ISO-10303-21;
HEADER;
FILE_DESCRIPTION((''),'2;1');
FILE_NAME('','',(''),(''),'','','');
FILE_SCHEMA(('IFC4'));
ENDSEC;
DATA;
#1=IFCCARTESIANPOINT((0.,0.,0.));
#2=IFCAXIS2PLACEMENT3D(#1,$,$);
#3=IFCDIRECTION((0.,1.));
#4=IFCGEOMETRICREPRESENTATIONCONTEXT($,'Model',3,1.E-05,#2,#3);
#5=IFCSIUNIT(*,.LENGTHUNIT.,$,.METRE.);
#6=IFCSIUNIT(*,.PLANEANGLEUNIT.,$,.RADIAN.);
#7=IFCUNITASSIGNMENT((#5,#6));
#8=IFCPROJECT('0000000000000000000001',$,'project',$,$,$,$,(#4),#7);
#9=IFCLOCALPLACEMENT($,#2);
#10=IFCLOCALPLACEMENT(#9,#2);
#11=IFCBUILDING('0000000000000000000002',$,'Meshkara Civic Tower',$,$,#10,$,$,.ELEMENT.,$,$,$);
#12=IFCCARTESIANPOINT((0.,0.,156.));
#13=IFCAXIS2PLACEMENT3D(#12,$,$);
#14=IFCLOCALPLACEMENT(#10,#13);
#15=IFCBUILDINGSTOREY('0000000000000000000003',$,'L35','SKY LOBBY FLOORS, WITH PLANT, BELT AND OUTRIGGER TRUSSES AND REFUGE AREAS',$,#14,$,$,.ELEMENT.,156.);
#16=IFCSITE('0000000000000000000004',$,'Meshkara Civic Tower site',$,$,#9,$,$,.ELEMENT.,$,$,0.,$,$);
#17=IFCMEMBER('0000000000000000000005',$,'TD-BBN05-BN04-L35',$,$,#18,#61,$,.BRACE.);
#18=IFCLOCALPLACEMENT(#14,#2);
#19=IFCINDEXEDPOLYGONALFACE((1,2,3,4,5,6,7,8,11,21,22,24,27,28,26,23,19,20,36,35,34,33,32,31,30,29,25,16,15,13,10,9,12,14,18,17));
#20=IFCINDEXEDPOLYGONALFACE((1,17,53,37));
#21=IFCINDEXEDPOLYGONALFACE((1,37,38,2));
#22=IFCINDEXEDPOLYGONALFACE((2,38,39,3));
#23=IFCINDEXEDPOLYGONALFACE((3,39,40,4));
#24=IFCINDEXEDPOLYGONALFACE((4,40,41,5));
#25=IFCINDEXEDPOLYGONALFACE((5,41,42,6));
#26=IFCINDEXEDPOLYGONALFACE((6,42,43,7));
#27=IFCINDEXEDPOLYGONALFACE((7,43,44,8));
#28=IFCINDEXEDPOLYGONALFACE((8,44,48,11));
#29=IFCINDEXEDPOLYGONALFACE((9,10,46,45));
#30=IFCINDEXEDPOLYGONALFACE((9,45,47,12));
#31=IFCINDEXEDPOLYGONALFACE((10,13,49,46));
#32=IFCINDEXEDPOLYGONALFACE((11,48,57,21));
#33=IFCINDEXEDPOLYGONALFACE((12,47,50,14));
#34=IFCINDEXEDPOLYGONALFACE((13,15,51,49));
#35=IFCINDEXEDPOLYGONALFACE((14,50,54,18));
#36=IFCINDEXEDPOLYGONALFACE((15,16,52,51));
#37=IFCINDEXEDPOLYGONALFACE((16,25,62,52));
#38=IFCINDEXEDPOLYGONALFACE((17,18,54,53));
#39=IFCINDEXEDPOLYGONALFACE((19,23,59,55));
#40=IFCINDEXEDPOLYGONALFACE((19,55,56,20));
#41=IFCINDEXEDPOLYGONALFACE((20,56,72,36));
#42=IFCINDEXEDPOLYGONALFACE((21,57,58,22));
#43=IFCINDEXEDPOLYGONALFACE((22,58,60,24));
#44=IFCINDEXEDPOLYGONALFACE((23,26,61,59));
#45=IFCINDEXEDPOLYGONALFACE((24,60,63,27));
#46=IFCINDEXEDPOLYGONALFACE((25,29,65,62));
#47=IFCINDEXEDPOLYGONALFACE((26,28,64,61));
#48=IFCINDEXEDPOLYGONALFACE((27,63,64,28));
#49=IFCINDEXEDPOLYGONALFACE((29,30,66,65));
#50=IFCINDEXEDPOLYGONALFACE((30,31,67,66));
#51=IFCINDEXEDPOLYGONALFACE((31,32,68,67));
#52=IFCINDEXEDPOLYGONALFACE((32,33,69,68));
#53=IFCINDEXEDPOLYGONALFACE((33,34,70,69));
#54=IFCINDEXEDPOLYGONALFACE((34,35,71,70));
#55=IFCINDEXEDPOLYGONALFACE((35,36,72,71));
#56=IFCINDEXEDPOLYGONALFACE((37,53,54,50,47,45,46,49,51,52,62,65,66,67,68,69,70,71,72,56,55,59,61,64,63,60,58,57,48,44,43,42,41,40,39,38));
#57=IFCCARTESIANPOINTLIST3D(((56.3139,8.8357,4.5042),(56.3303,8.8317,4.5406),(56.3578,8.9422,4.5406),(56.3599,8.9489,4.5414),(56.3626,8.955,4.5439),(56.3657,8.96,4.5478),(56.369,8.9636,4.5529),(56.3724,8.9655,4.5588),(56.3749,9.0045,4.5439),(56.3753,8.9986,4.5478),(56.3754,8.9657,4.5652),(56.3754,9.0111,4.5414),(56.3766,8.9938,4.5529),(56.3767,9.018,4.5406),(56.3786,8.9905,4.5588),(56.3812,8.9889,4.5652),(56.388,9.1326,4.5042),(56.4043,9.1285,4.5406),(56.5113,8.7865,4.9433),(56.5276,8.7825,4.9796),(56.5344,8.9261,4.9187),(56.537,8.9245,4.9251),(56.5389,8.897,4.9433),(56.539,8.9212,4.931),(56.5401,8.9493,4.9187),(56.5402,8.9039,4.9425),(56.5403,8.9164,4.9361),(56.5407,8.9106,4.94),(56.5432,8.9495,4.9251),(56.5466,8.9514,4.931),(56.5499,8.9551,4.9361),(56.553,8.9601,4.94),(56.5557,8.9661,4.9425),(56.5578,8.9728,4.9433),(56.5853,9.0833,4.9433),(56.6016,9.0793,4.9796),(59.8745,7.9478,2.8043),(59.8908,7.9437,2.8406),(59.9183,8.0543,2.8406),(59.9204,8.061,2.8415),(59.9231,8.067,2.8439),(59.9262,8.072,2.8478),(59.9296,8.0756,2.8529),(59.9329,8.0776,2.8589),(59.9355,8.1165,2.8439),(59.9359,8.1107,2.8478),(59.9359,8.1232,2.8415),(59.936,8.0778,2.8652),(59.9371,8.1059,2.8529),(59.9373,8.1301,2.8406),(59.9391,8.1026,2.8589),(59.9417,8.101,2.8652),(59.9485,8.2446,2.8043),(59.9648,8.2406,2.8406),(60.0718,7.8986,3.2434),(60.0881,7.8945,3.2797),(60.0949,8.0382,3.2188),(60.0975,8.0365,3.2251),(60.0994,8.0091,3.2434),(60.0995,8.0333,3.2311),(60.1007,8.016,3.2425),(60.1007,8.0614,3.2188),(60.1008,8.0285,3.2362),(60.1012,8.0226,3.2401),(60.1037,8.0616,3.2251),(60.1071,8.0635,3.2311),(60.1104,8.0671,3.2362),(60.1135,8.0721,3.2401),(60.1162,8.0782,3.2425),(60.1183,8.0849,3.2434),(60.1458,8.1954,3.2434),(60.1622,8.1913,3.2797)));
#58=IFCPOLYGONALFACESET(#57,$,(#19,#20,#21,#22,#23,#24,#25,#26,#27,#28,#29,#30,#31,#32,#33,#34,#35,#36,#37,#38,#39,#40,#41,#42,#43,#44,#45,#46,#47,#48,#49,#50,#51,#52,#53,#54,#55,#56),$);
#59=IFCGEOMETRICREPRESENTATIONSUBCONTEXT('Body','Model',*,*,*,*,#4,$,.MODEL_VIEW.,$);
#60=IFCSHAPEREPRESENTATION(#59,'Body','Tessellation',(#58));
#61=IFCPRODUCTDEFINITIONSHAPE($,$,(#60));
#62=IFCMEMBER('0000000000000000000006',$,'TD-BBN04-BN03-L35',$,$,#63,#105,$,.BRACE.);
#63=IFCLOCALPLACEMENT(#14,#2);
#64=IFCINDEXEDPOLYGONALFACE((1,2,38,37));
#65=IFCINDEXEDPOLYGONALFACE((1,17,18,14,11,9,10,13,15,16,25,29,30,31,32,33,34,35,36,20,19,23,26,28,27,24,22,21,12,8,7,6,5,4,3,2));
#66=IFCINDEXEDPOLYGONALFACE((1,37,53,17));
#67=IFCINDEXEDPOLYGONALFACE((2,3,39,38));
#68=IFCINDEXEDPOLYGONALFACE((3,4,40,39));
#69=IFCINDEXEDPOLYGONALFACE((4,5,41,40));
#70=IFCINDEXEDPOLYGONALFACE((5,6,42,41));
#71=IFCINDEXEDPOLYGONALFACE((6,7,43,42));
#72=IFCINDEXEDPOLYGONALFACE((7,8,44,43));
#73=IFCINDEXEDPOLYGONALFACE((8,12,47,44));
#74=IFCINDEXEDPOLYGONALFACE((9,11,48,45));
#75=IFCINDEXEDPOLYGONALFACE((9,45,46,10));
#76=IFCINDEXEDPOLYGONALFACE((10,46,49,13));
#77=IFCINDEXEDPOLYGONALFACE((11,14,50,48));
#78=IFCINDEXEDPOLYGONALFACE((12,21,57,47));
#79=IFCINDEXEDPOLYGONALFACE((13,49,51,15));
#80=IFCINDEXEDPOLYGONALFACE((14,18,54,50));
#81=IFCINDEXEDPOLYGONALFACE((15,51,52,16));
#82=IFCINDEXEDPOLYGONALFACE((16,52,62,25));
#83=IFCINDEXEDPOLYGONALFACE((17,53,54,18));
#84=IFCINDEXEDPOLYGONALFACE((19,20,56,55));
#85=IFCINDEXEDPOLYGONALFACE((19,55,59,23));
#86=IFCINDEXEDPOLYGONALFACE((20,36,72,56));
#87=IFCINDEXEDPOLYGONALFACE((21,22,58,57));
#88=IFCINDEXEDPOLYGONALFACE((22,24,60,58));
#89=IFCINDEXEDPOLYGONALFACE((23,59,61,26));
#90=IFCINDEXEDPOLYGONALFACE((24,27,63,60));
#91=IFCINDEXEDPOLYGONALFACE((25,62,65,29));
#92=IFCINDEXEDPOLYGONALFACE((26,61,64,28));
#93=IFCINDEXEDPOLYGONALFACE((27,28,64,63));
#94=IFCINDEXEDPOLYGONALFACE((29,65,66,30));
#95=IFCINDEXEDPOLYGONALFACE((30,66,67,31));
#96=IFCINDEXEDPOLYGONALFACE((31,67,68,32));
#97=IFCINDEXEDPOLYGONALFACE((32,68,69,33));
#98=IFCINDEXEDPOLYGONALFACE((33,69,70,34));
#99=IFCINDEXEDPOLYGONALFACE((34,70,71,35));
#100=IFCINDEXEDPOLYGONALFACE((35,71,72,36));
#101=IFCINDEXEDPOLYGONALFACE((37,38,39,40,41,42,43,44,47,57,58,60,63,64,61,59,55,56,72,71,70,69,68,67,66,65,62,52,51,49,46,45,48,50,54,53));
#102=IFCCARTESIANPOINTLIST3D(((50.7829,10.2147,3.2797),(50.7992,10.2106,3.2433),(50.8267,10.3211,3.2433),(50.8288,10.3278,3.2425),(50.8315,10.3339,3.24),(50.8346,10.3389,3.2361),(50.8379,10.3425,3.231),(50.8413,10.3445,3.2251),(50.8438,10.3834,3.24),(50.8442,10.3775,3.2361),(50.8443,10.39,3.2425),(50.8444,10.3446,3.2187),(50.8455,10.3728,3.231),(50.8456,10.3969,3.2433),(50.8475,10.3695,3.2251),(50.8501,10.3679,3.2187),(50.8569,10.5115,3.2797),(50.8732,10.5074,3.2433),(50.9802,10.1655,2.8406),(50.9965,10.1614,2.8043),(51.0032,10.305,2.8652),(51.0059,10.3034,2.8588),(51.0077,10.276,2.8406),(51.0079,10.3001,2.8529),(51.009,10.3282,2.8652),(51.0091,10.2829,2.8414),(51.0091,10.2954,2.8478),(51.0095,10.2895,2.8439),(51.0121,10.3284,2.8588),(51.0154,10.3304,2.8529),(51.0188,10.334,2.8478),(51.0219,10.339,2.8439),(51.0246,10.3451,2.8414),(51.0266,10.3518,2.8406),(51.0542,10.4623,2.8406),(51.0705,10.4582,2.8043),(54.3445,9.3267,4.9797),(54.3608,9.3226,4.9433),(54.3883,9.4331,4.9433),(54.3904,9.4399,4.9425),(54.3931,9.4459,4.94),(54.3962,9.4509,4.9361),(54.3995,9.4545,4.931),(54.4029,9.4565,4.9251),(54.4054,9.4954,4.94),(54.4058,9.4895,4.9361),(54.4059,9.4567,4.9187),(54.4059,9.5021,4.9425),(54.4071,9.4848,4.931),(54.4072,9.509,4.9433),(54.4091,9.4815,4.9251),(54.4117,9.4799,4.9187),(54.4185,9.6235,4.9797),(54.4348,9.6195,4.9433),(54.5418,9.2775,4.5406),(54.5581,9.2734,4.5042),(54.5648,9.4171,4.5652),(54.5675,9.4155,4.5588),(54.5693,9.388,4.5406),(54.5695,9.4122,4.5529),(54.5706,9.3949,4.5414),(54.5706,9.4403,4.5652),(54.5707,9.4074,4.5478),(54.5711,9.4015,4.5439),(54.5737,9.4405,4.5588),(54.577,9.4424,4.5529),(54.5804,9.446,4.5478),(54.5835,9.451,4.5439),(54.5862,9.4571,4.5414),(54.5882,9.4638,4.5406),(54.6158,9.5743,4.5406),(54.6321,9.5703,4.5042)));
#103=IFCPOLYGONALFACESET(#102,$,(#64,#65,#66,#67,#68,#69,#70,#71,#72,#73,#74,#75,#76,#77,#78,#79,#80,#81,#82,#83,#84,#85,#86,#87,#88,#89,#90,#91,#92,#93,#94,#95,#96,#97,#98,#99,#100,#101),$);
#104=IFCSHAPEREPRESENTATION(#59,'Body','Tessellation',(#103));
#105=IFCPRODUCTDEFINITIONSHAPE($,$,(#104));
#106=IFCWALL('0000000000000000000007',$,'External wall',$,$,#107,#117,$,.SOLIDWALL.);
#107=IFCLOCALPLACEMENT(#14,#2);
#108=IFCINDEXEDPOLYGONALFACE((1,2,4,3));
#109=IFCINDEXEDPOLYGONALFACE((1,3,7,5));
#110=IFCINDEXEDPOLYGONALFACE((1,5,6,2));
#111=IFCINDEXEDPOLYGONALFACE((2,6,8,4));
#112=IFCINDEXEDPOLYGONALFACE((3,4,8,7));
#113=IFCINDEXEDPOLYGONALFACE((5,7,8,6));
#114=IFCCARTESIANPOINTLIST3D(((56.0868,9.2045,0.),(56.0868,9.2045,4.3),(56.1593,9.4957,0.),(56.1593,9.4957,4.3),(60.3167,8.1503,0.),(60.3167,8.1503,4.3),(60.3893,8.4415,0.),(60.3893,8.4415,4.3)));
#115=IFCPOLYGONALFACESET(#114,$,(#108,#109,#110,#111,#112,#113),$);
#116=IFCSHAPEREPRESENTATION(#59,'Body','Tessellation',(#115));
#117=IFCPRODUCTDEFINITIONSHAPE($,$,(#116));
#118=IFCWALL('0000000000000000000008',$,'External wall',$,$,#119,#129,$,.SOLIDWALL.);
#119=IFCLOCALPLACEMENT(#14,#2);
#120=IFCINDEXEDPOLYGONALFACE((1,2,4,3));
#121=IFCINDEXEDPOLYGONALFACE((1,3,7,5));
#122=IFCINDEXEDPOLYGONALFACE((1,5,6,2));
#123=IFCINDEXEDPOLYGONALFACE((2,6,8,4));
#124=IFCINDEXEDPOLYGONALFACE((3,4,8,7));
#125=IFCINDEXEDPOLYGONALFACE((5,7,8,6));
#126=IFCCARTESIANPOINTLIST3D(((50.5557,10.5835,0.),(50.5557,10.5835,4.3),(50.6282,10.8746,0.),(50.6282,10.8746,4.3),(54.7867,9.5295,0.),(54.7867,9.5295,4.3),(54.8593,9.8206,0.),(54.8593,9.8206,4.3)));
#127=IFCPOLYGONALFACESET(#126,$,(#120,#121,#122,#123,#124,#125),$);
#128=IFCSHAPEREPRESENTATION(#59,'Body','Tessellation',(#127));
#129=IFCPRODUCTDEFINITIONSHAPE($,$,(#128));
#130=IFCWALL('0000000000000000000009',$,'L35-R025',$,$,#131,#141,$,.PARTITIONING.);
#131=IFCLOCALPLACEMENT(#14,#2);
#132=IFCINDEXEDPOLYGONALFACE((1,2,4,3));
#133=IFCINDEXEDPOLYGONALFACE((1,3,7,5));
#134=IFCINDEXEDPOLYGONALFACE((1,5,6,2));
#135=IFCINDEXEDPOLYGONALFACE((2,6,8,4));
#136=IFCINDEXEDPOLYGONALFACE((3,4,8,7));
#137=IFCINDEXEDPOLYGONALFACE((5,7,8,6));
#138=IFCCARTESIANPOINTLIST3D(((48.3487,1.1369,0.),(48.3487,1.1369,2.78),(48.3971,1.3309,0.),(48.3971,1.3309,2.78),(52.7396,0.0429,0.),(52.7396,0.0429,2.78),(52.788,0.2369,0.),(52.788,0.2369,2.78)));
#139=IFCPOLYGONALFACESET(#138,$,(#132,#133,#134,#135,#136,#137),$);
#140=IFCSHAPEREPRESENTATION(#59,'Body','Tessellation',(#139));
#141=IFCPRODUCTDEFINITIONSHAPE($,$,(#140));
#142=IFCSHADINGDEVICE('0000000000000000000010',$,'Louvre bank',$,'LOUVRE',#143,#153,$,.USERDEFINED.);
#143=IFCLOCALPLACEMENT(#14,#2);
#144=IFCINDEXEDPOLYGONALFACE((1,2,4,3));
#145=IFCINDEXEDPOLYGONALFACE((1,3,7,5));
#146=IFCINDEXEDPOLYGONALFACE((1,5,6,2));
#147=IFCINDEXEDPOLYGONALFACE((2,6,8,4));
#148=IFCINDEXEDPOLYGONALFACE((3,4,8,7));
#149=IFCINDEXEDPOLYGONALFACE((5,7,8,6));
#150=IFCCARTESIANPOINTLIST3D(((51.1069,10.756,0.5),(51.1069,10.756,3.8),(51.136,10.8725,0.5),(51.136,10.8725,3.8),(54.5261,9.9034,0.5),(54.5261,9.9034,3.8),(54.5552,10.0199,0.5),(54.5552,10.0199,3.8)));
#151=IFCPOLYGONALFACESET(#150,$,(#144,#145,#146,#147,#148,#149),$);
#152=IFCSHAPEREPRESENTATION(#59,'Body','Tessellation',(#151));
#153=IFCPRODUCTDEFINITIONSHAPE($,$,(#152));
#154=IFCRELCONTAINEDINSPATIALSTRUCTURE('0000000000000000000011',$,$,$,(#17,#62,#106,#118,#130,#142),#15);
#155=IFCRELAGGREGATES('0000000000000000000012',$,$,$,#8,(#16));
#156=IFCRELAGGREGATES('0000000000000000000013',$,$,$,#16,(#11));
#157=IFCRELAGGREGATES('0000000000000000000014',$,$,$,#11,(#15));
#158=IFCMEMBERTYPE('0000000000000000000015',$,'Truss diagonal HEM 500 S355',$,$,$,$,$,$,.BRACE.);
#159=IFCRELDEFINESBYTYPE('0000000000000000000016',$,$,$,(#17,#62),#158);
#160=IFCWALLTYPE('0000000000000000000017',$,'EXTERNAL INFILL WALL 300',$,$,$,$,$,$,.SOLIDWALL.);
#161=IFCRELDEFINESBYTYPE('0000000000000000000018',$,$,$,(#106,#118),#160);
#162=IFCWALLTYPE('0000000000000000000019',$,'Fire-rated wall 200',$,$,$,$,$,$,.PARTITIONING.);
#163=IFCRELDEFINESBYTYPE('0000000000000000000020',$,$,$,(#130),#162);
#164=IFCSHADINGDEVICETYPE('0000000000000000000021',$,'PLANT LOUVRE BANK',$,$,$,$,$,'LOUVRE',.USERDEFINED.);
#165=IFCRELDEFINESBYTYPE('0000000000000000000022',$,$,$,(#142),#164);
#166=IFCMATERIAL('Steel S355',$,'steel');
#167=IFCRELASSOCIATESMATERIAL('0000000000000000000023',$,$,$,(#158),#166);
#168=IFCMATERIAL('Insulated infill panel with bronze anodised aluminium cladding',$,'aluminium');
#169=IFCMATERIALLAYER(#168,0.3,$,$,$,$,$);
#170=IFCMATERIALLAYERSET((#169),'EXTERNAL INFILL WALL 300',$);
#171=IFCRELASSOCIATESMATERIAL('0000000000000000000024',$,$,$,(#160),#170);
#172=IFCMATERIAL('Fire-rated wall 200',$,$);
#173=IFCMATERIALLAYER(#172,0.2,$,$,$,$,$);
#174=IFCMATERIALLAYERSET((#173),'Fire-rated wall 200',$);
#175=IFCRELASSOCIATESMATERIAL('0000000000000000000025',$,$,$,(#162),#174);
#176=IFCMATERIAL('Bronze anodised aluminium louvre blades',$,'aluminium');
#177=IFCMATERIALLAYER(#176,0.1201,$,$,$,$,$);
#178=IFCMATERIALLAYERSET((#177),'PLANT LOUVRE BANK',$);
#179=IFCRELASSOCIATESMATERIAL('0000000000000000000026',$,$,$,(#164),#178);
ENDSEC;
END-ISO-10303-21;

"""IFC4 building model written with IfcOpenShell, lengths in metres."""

from ifc_helpers import new_model, si_unit, direction, frame, frame_2d, origin, origin_2d, place, context, subcontext, project, spatial, rectangle, i_section, extrude, material, layer, layer_set, material_profile, profile_set, type_object, element, save


model = new_model("IFC4")

# Units and contexts
model_context = context("Model", 3, precision=1e-05, world=origin(), true_north=direction((0.0, 1.0)))
body_context = subcontext(model_context, "Body", "Model", "MODEL_VIEW")
ifc_project = project(units=[si_unit("LENGTHUNIT", "METRE"), si_unit("PLANEANGLEUNIT", "RADIAN")], contexts=[model_context])

# Site, building, storey
site_placement = place(None, origin())
site = spatial("IfcSite", under=ifc_project, at=site_placement, Name="Meshkara Civic Tower site", CompositionType="ELEMENT", RefElevation=0.0)
building_placement = place(site_placement, origin())
building = spatial("IfcBuilding", under=site, at=building_placement, Name="Meshkara Civic Tower", CompositionType="ELEMENT")
storey_placement = place(building_placement, frame((0.0, 0.0, 156.0)))
storey = spatial("IfcBuildingStorey", under=building, at=storey_placement, Name="L35", Description="SKY LOBBY FLOORS, WITH PLANT, BELT AND OUTRIGGER TRUSSES AND REFUGE AREAS", CompositionType="ELEMENT", Elevation=156.0)

# Members
ifc_material_1 = material(Name="Steel S355", Category="steel")
ifc_material_profile_1 = material_profile(ifc_material_1, i_section(OverallWidth=0.3059, OverallDepth=0.5239, WebThickness=0.0239, FlangeThickness=0.04, FilletRadius=0.0271, at=origin_2d()))
ifc_profile_set_1 = profile_set([ifc_material_profile_1], Name="Steel S355")
member_type_1 = type_object("IfcMemberType", Name="Truss diagonal HEM 500 S355", PredefinedType="BRACE", material=ifc_profile_set_1)
member_1_placement = place(storey_placement, frame((60.0183, 8.0696, 3.042), z_axis=(-0.880403, 0.219557, 0.42034), x_axis=(-0.241972, -0.970283, 0.0)))
element("IfcMember", 1, at=member_1_placement, inside=storey, type_object=member_type_1, Name="TD-BBN05-BN04-L35", PredefinedType="BRACE", context=body_context, shape_type="SweptSolid", body=[
    extrude(i_section(OverallWidth=0.3059, OverallDepth=0.5239, WebThickness=0.0239, FlangeThickness=0.04, FilletRadius=0.0271, at=origin_2d()), origin(), (0.0, 0.0, 1.0), 4.0442),
])
member_2_placement = place(storey_placement, frame((54.4883, 9.4485, 4.7419), z_axis=(-0.880457, 0.219511, -0.420251), x_axis=(-0.24191, -0.970299, 0.0)))
element("IfcMember", 2, at=member_2_placement, inside=storey, type_object=member_type_1, Name="TD-BBN04-BN03-L35", PredefinedType="BRACE", context=body_context, shape_type="SweptSolid", body=[
    extrude(i_section(OverallWidth=0.3059, OverallDepth=0.5239, WebThickness=0.0239, FlangeThickness=0.04, FilletRadius=0.0271, at=origin_2d()), origin(), (0.0, 0.0, 1.0), 4.0452),
])

# Walls
ifc_material_2 = material(Name="Insulated infill panel with bronze anodised aluminium cladding", Category="aluminium")
ifc_layer_1 = layer(ifc_material_2, 0.3)
ifc_layer_set_1 = layer_set([ifc_layer_1], Name="EXTERNAL INFILL WALL 300")
wall_type_1 = type_object("IfcWallType", Name="EXTERNAL INFILL WALL 300", PredefinedType="SOLIDWALL", material=ifc_layer_set_1)
wall_1_placement = place(storey_placement, frame((60.353, 8.2959, 0.0), z_axis=(0.0, 0.0, 1.0), x_axis=(-0.97032, 0.241824, 0.0)))
element("IfcWall", 3, at=wall_1_placement, inside=storey, type_object=wall_type_1, Name="External wall", PredefinedType="SOLIDWALL", context=body_context, shape_type="SweptSolid", body=[
    extrude(rectangle(XDim=4.3594, YDim=0.3, at=frame_2d((2.1797, 0.0))), origin(), (0.0, 0.0, 1.0), 4.3),
])
wall_2_placement = place(storey_placement, frame((54.823, 9.675, 0.0), z_axis=(0.0, 0.0, 1.0), x_axis=(-0.970346, 0.241719, 0.0)))
element("IfcWall", 4, at=wall_2_placement, inside=storey, type_object=wall_type_1, Name="External wall", PredefinedType="SOLIDWALL", context=body_context, shape_type="SweptSolid", body=[
    extrude(rectangle(XDim=4.3604, YDim=0.3, at=frame_2d((2.1802, 0.0))), origin(), (0.0, 0.0, 1.0), 4.3),
])
ifc_material_3 = material(Name="Fire-rated wall 200")
ifc_layer_2 = layer(ifc_material_3, 0.2)
ifc_layer_set_2 = layer_set([ifc_layer_2], Name="Fire-rated wall 200")
wall_type_2 = type_object("IfcWallType", Name="Fire-rated wall 200", PredefinedType="PARTITIONING", material=ifc_layer_set_2)
wall_3_placement = place(storey_placement, frame((52.7639, 0.1399, 0.0), z_axis=(0.0, 0.0, 1.0), x_axis=(-0.970336, 0.241761, 0.0)))
element("IfcWall", 5, at=wall_3_placement, inside=storey, type_object=wall_type_2, Name="L35-R025", PredefinedType="PARTITIONING", context=body_context, shape_type="SweptSolid", body=[
    extrude(rectangle(XDim=4.5251, YDim=0.2, at=frame_2d((2.2627, 0.0))), origin(), (0.0, 0.0, 1.0), 2.78),
])

# Shading device
ifc_material_4 = material(Name="Bronze anodised aluminium louvre blades", Category="aluminium")
ifc_layer_3 = layer(ifc_material_4, 0.1201)
ifc_layer_set_3 = layer_set([ifc_layer_3], Name="PLANT LOUVRE BANK")
shading_device_type = type_object("IfcShadingDeviceType", Name="PLANT LOUVRE BANK", ElementType="LOUVRE", PredefinedType="USERDEFINED", material=ifc_layer_set_3)
shading_device_placement = place(storey_placement, frame((52.8311, 10.3879, 0.5), z_axis=(0.0, 0.0, 1.0), x_axis=(-0.970292, 0.241939, 0.0)))
element("IfcShadingDevice", 6, at=shading_device_placement, inside=storey, type_object=shading_device_type, Name="Louvre bank", ObjectType="LOUVRE", PredefinedType="USERDEFINED", context=body_context, shape_type="SweptSolid", body=[
    extrude(rectangle(XDim=3.5239, YDim=0.1201, at=origin_2d()), origin(), (0.0, 0.0, 1.0), 3.3),
])

save(model, "model.ifc")
